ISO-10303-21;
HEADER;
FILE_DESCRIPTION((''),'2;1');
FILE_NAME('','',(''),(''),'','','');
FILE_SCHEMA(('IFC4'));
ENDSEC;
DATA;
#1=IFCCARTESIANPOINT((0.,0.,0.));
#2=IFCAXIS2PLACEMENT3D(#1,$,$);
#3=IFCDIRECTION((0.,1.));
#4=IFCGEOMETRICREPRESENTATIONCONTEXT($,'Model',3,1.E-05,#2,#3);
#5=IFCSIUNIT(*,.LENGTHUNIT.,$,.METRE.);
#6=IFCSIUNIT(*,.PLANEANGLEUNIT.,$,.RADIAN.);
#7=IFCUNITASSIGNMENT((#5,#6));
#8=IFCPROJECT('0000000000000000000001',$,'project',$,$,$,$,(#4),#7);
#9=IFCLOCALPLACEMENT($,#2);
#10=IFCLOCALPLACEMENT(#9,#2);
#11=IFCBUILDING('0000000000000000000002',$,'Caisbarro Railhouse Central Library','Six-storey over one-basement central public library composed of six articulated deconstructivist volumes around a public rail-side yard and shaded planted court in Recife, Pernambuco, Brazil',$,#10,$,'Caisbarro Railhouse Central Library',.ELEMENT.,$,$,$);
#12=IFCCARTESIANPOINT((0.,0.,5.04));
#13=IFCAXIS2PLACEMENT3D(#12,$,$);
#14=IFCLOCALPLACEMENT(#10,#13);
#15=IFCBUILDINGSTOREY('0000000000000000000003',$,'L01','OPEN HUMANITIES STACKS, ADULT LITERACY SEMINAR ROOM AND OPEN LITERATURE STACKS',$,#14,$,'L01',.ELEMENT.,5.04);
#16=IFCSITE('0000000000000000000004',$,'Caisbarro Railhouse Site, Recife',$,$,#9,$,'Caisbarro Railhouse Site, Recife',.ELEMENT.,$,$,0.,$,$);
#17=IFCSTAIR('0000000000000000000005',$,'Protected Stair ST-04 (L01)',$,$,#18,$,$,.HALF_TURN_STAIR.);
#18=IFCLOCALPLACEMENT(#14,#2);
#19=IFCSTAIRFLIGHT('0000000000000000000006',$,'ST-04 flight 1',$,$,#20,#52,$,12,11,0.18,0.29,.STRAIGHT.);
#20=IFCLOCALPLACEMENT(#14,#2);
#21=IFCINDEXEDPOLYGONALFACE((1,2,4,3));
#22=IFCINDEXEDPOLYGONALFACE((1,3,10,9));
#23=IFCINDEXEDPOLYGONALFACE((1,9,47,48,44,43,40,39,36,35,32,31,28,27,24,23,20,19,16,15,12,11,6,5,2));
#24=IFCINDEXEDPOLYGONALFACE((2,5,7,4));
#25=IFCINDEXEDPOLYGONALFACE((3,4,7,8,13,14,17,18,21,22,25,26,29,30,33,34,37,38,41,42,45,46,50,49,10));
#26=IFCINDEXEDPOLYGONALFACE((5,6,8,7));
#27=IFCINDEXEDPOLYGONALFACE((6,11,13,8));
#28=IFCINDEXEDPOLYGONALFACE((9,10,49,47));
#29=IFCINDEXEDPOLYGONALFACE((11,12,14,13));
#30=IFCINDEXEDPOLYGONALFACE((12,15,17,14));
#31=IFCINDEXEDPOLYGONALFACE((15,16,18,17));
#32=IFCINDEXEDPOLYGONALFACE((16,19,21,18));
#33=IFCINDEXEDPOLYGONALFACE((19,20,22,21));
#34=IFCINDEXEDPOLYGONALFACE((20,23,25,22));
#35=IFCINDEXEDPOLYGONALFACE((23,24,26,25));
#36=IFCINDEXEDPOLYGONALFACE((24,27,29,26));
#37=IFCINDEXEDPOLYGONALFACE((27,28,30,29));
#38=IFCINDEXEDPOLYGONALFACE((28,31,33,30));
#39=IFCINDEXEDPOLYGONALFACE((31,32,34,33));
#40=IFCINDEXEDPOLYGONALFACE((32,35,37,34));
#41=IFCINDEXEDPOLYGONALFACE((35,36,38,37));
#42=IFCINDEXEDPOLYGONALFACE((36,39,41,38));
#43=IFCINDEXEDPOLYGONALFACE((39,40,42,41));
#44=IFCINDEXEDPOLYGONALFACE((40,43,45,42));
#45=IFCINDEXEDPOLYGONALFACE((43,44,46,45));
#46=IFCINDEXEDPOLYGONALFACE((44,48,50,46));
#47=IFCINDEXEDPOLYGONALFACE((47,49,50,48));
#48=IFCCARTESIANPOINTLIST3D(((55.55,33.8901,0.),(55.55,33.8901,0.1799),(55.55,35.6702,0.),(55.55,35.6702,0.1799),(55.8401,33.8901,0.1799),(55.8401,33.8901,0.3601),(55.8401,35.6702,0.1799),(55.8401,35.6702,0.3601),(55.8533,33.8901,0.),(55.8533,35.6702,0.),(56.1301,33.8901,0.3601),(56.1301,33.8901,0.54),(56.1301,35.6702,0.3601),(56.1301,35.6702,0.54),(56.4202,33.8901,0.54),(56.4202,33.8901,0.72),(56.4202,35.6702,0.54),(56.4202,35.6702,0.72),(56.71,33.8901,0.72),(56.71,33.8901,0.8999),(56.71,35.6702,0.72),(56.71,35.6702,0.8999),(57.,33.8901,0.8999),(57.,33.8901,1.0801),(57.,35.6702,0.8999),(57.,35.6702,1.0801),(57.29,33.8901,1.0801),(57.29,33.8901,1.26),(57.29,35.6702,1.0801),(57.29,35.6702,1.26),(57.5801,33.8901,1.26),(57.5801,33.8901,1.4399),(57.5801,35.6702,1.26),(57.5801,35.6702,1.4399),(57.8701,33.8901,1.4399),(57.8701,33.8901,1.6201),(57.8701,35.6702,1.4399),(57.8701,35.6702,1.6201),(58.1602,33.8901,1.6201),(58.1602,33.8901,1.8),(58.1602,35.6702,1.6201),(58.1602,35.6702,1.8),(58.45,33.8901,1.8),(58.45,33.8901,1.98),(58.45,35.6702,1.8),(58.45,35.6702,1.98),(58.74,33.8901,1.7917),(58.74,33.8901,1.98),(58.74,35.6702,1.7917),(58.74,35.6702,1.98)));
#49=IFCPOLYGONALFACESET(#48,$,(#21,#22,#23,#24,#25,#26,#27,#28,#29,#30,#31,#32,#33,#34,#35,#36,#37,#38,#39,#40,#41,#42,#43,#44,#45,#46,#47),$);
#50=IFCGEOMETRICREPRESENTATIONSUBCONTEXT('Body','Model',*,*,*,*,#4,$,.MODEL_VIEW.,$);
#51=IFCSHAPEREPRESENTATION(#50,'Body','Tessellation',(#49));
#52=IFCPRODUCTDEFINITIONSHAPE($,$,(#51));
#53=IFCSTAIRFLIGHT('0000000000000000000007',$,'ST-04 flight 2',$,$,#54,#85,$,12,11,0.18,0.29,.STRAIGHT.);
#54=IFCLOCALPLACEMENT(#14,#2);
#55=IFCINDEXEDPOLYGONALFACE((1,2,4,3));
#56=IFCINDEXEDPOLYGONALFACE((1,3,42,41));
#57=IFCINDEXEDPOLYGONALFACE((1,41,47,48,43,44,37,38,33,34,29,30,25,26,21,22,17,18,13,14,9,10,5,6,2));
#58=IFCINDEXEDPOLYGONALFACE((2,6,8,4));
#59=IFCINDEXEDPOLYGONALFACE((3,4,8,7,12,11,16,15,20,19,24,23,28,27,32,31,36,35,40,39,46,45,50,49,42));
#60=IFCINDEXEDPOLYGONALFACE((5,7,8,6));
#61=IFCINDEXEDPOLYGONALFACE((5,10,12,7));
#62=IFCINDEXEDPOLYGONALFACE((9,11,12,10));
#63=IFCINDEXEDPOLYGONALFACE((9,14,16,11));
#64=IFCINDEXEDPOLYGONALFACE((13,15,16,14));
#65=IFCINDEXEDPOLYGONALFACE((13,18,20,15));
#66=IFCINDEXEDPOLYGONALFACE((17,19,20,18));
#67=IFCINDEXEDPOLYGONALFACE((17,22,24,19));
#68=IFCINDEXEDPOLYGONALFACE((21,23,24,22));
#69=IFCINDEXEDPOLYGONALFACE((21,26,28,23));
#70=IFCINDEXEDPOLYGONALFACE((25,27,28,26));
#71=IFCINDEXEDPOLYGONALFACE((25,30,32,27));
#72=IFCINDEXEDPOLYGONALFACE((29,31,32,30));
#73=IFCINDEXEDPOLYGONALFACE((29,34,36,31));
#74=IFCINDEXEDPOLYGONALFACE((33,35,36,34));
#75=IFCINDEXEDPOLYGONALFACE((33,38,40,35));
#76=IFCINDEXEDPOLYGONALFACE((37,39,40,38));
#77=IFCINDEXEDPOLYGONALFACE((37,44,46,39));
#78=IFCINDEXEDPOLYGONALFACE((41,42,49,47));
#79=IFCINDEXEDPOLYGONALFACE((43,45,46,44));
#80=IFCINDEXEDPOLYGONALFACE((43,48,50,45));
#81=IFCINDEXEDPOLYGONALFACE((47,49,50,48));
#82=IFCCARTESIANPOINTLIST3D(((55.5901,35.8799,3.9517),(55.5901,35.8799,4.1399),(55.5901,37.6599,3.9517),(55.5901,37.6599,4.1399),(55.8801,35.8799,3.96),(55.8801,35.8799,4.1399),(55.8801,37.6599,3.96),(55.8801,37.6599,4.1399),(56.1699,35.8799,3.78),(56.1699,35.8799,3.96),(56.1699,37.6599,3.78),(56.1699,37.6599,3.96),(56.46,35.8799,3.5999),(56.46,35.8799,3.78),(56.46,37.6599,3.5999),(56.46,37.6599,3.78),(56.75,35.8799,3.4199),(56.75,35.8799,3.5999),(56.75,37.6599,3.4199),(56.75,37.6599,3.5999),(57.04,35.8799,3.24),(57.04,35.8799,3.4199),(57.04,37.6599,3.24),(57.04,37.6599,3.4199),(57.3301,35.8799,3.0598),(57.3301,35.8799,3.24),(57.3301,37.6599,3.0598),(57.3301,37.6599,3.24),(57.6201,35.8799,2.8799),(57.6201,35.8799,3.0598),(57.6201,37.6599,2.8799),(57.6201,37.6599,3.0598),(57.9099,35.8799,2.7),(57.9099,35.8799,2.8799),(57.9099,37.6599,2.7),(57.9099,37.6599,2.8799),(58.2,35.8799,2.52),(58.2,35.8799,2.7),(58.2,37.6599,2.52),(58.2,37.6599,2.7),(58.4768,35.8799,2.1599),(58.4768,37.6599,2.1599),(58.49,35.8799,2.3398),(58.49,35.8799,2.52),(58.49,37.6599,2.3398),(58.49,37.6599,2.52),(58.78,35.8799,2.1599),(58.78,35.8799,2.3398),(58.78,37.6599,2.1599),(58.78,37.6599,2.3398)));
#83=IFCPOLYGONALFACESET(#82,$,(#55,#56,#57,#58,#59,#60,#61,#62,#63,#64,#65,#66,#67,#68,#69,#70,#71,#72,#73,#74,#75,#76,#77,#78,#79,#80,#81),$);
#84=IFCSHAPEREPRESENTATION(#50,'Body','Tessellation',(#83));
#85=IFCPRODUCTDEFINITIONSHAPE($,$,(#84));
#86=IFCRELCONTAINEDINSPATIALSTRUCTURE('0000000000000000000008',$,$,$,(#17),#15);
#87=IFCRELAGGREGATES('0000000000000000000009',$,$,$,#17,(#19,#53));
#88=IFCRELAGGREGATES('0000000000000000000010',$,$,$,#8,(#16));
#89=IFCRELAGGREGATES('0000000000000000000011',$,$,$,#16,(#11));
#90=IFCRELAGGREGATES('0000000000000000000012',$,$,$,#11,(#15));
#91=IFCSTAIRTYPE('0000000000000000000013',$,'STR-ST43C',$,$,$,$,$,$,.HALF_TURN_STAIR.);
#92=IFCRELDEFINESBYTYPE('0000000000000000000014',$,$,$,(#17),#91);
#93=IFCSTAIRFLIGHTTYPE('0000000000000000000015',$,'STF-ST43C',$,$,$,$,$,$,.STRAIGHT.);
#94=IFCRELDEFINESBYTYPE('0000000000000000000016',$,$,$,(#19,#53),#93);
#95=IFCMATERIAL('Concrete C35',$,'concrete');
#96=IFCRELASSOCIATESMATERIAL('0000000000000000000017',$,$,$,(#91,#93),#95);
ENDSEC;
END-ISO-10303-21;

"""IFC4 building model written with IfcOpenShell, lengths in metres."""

from ifc_helpers import new_model, si_unit, direction, frame, origin, place, context, subcontext, project, spatial, polyline, outline, extrude, material, type_object, element, aggregate, save


model = new_model("IFC4")

# Units and contexts
model_context = context("Model", 3, precision=1e-05, world=origin(), true_north=direction((0.0, 1.0)))
body_context = subcontext(model_context, "Body", "Model", "MODEL_VIEW")
ifc_project = project(units=[si_unit("LENGTHUNIT", "METRE"), si_unit("PLANEANGLEUNIT", "RADIAN")], contexts=[model_context])

# Site, building, storey
site_placement = place(None, origin())
site = spatial("IfcSite", under=ifc_project, at=site_placement, Name="Caisbarro Railhouse Site, Recife", LongName="Caisbarro Railhouse Site, Recife", CompositionType="ELEMENT", RefElevation=0.0)
building_placement = place(site_placement, origin())
building = spatial("IfcBuilding", under=site, at=building_placement, Name="Caisbarro Railhouse Central Library", Description="Six-storey over one-basement central public library composed of six articulated deconstructivist volumes around a public rail-side yard and shaded planted court in Recife, Pernambuco, Brazil", LongName="Caisbarro Railhouse Central Library", CompositionType="ELEMENT")
storey_placement = place(building_placement, frame((0.0, 0.0, 5.04)))
storey = spatial("IfcBuildingStorey", under=building, at=storey_placement, Name="L01", Description="OPEN HUMANITIES STACKS, ADULT LITERACY SEMINAR ROOM AND OPEN LITERATURE STACKS", LongName="L01", CompositionType="ELEMENT", Elevation=5.04)

# Stair, stair flights
ifc_material_1 = material(Name="Concrete C35", Category="concrete")
stair_type = type_object("IfcStairType", Name="STR-ST43C", PredefinedType="HALF_TURN_STAIR", material=ifc_material_1)
stair_placement = place(storey_placement, origin())
stair = element("IfcStair", 1, at=stair_placement, inside=storey, type_object=stair_type, Name="Protected Stair ST-04 (L01)", PredefinedType="HALF_TURN_STAIR")
stair_flight_type = type_object("IfcStairFlightType", Name="STF-ST43C", PredefinedType="STRAIGHT", material=ifc_material_1)
stair_flight_1_placement = place(storey_placement, frame((55.55, 34.78, 0.0), z_axis=(0.0, 0.0, 1.0), x_axis=(1.0, 0.0, 0.0)))
stair_flight_1 = element("IfcStairFlight", 2, at=stair_flight_1_placement, type_object=stair_flight_type, Name="ST-04 flight 1", NumberOfRisers=12, NumberOfTreads=11, PredefinedType="STRAIGHT", RiserHeight=0.18, TreadLength=0.29, context=body_context, shape_type="SweptSolid", body=[
    extrude(outline(polyline([(0.0, 0.0), (0.0, 0.1799), (0.29, 0.1799), (0.29, 0.3601), (0.5801, 0.3601), (0.5801, 0.54), (0.8701, 0.54), (0.8701, 0.72), (1.1599, 0.72), (1.1599, 0.8999), (1.45, 0.8999), (1.45, 1.0801), (1.74, 1.0801), (1.74, 1.26), (2.03, 1.26), (2.03, 1.4399), (2.3201, 1.4399), (2.3201, 1.6201), (2.6101, 1.6201), (2.6101, 1.8), (2.8999, 1.8), (2.8999, 1.98), (3.1899, 1.98), (3.1899, 2.1599), (3.1899, 1.7917), (0.3032, 0.0), (0.0, 0.0)])), frame((0.0, 0.8901, 0.0), z_axis=(0.0, -1.0, 0.0), x_axis=(1.0, 0.0, 0.0)), (0.0, 0.0, 1.0), 1.78),
])
stair_flight_2_placement = place(storey_placement, frame((58.78, 36.77, 2.1599), z_axis=(0.0, 0.0, 1.0), x_axis=(-1.0, 0.0, 0.0)))
stair_flight_2 = element("IfcStairFlight", 3, at=stair_flight_2_placement, type_object=stair_flight_type, Name="ST-04 flight 2", NumberOfRisers=12, NumberOfTreads=11, PredefinedType="STRAIGHT", RiserHeight=0.18, TreadLength=0.29, context=body_context, shape_type="SweptSolid", body=[
    extrude(outline(polyline([(0.0, 0.0), (0.0, 0.1799), (0.29, 0.1799), (0.29, 0.3601), (0.5801, 0.3601), (0.5801, 0.54), (0.8701, 0.54), (0.8701, 0.72), (1.1599, 0.72), (1.1599, 0.8999), (1.45, 0.8999), (1.45, 1.0801), (1.74, 1.0801), (1.74, 1.26), (2.03, 1.26), (2.03, 1.4399), (2.3201, 1.4399), (2.3201, 1.6201), (2.6101, 1.6201), (2.6101, 1.8), (2.8999, 1.8), (2.8999, 1.98), (3.1899, 1.98), (3.1899, 2.1599), (3.1899, 1.7917), (0.3032, 0.0), (0.0, 0.0)])), frame((0.0, 0.8901, 0.0), z_axis=(0.0, -1.0, 0.0), x_axis=(1.0, 0.0, 0.0)), (0.0, 0.0, 1.0), 1.78),
])
aggregate(stair, [stair_flight_1, stair_flight_2])

save(model, "model.ifc")
